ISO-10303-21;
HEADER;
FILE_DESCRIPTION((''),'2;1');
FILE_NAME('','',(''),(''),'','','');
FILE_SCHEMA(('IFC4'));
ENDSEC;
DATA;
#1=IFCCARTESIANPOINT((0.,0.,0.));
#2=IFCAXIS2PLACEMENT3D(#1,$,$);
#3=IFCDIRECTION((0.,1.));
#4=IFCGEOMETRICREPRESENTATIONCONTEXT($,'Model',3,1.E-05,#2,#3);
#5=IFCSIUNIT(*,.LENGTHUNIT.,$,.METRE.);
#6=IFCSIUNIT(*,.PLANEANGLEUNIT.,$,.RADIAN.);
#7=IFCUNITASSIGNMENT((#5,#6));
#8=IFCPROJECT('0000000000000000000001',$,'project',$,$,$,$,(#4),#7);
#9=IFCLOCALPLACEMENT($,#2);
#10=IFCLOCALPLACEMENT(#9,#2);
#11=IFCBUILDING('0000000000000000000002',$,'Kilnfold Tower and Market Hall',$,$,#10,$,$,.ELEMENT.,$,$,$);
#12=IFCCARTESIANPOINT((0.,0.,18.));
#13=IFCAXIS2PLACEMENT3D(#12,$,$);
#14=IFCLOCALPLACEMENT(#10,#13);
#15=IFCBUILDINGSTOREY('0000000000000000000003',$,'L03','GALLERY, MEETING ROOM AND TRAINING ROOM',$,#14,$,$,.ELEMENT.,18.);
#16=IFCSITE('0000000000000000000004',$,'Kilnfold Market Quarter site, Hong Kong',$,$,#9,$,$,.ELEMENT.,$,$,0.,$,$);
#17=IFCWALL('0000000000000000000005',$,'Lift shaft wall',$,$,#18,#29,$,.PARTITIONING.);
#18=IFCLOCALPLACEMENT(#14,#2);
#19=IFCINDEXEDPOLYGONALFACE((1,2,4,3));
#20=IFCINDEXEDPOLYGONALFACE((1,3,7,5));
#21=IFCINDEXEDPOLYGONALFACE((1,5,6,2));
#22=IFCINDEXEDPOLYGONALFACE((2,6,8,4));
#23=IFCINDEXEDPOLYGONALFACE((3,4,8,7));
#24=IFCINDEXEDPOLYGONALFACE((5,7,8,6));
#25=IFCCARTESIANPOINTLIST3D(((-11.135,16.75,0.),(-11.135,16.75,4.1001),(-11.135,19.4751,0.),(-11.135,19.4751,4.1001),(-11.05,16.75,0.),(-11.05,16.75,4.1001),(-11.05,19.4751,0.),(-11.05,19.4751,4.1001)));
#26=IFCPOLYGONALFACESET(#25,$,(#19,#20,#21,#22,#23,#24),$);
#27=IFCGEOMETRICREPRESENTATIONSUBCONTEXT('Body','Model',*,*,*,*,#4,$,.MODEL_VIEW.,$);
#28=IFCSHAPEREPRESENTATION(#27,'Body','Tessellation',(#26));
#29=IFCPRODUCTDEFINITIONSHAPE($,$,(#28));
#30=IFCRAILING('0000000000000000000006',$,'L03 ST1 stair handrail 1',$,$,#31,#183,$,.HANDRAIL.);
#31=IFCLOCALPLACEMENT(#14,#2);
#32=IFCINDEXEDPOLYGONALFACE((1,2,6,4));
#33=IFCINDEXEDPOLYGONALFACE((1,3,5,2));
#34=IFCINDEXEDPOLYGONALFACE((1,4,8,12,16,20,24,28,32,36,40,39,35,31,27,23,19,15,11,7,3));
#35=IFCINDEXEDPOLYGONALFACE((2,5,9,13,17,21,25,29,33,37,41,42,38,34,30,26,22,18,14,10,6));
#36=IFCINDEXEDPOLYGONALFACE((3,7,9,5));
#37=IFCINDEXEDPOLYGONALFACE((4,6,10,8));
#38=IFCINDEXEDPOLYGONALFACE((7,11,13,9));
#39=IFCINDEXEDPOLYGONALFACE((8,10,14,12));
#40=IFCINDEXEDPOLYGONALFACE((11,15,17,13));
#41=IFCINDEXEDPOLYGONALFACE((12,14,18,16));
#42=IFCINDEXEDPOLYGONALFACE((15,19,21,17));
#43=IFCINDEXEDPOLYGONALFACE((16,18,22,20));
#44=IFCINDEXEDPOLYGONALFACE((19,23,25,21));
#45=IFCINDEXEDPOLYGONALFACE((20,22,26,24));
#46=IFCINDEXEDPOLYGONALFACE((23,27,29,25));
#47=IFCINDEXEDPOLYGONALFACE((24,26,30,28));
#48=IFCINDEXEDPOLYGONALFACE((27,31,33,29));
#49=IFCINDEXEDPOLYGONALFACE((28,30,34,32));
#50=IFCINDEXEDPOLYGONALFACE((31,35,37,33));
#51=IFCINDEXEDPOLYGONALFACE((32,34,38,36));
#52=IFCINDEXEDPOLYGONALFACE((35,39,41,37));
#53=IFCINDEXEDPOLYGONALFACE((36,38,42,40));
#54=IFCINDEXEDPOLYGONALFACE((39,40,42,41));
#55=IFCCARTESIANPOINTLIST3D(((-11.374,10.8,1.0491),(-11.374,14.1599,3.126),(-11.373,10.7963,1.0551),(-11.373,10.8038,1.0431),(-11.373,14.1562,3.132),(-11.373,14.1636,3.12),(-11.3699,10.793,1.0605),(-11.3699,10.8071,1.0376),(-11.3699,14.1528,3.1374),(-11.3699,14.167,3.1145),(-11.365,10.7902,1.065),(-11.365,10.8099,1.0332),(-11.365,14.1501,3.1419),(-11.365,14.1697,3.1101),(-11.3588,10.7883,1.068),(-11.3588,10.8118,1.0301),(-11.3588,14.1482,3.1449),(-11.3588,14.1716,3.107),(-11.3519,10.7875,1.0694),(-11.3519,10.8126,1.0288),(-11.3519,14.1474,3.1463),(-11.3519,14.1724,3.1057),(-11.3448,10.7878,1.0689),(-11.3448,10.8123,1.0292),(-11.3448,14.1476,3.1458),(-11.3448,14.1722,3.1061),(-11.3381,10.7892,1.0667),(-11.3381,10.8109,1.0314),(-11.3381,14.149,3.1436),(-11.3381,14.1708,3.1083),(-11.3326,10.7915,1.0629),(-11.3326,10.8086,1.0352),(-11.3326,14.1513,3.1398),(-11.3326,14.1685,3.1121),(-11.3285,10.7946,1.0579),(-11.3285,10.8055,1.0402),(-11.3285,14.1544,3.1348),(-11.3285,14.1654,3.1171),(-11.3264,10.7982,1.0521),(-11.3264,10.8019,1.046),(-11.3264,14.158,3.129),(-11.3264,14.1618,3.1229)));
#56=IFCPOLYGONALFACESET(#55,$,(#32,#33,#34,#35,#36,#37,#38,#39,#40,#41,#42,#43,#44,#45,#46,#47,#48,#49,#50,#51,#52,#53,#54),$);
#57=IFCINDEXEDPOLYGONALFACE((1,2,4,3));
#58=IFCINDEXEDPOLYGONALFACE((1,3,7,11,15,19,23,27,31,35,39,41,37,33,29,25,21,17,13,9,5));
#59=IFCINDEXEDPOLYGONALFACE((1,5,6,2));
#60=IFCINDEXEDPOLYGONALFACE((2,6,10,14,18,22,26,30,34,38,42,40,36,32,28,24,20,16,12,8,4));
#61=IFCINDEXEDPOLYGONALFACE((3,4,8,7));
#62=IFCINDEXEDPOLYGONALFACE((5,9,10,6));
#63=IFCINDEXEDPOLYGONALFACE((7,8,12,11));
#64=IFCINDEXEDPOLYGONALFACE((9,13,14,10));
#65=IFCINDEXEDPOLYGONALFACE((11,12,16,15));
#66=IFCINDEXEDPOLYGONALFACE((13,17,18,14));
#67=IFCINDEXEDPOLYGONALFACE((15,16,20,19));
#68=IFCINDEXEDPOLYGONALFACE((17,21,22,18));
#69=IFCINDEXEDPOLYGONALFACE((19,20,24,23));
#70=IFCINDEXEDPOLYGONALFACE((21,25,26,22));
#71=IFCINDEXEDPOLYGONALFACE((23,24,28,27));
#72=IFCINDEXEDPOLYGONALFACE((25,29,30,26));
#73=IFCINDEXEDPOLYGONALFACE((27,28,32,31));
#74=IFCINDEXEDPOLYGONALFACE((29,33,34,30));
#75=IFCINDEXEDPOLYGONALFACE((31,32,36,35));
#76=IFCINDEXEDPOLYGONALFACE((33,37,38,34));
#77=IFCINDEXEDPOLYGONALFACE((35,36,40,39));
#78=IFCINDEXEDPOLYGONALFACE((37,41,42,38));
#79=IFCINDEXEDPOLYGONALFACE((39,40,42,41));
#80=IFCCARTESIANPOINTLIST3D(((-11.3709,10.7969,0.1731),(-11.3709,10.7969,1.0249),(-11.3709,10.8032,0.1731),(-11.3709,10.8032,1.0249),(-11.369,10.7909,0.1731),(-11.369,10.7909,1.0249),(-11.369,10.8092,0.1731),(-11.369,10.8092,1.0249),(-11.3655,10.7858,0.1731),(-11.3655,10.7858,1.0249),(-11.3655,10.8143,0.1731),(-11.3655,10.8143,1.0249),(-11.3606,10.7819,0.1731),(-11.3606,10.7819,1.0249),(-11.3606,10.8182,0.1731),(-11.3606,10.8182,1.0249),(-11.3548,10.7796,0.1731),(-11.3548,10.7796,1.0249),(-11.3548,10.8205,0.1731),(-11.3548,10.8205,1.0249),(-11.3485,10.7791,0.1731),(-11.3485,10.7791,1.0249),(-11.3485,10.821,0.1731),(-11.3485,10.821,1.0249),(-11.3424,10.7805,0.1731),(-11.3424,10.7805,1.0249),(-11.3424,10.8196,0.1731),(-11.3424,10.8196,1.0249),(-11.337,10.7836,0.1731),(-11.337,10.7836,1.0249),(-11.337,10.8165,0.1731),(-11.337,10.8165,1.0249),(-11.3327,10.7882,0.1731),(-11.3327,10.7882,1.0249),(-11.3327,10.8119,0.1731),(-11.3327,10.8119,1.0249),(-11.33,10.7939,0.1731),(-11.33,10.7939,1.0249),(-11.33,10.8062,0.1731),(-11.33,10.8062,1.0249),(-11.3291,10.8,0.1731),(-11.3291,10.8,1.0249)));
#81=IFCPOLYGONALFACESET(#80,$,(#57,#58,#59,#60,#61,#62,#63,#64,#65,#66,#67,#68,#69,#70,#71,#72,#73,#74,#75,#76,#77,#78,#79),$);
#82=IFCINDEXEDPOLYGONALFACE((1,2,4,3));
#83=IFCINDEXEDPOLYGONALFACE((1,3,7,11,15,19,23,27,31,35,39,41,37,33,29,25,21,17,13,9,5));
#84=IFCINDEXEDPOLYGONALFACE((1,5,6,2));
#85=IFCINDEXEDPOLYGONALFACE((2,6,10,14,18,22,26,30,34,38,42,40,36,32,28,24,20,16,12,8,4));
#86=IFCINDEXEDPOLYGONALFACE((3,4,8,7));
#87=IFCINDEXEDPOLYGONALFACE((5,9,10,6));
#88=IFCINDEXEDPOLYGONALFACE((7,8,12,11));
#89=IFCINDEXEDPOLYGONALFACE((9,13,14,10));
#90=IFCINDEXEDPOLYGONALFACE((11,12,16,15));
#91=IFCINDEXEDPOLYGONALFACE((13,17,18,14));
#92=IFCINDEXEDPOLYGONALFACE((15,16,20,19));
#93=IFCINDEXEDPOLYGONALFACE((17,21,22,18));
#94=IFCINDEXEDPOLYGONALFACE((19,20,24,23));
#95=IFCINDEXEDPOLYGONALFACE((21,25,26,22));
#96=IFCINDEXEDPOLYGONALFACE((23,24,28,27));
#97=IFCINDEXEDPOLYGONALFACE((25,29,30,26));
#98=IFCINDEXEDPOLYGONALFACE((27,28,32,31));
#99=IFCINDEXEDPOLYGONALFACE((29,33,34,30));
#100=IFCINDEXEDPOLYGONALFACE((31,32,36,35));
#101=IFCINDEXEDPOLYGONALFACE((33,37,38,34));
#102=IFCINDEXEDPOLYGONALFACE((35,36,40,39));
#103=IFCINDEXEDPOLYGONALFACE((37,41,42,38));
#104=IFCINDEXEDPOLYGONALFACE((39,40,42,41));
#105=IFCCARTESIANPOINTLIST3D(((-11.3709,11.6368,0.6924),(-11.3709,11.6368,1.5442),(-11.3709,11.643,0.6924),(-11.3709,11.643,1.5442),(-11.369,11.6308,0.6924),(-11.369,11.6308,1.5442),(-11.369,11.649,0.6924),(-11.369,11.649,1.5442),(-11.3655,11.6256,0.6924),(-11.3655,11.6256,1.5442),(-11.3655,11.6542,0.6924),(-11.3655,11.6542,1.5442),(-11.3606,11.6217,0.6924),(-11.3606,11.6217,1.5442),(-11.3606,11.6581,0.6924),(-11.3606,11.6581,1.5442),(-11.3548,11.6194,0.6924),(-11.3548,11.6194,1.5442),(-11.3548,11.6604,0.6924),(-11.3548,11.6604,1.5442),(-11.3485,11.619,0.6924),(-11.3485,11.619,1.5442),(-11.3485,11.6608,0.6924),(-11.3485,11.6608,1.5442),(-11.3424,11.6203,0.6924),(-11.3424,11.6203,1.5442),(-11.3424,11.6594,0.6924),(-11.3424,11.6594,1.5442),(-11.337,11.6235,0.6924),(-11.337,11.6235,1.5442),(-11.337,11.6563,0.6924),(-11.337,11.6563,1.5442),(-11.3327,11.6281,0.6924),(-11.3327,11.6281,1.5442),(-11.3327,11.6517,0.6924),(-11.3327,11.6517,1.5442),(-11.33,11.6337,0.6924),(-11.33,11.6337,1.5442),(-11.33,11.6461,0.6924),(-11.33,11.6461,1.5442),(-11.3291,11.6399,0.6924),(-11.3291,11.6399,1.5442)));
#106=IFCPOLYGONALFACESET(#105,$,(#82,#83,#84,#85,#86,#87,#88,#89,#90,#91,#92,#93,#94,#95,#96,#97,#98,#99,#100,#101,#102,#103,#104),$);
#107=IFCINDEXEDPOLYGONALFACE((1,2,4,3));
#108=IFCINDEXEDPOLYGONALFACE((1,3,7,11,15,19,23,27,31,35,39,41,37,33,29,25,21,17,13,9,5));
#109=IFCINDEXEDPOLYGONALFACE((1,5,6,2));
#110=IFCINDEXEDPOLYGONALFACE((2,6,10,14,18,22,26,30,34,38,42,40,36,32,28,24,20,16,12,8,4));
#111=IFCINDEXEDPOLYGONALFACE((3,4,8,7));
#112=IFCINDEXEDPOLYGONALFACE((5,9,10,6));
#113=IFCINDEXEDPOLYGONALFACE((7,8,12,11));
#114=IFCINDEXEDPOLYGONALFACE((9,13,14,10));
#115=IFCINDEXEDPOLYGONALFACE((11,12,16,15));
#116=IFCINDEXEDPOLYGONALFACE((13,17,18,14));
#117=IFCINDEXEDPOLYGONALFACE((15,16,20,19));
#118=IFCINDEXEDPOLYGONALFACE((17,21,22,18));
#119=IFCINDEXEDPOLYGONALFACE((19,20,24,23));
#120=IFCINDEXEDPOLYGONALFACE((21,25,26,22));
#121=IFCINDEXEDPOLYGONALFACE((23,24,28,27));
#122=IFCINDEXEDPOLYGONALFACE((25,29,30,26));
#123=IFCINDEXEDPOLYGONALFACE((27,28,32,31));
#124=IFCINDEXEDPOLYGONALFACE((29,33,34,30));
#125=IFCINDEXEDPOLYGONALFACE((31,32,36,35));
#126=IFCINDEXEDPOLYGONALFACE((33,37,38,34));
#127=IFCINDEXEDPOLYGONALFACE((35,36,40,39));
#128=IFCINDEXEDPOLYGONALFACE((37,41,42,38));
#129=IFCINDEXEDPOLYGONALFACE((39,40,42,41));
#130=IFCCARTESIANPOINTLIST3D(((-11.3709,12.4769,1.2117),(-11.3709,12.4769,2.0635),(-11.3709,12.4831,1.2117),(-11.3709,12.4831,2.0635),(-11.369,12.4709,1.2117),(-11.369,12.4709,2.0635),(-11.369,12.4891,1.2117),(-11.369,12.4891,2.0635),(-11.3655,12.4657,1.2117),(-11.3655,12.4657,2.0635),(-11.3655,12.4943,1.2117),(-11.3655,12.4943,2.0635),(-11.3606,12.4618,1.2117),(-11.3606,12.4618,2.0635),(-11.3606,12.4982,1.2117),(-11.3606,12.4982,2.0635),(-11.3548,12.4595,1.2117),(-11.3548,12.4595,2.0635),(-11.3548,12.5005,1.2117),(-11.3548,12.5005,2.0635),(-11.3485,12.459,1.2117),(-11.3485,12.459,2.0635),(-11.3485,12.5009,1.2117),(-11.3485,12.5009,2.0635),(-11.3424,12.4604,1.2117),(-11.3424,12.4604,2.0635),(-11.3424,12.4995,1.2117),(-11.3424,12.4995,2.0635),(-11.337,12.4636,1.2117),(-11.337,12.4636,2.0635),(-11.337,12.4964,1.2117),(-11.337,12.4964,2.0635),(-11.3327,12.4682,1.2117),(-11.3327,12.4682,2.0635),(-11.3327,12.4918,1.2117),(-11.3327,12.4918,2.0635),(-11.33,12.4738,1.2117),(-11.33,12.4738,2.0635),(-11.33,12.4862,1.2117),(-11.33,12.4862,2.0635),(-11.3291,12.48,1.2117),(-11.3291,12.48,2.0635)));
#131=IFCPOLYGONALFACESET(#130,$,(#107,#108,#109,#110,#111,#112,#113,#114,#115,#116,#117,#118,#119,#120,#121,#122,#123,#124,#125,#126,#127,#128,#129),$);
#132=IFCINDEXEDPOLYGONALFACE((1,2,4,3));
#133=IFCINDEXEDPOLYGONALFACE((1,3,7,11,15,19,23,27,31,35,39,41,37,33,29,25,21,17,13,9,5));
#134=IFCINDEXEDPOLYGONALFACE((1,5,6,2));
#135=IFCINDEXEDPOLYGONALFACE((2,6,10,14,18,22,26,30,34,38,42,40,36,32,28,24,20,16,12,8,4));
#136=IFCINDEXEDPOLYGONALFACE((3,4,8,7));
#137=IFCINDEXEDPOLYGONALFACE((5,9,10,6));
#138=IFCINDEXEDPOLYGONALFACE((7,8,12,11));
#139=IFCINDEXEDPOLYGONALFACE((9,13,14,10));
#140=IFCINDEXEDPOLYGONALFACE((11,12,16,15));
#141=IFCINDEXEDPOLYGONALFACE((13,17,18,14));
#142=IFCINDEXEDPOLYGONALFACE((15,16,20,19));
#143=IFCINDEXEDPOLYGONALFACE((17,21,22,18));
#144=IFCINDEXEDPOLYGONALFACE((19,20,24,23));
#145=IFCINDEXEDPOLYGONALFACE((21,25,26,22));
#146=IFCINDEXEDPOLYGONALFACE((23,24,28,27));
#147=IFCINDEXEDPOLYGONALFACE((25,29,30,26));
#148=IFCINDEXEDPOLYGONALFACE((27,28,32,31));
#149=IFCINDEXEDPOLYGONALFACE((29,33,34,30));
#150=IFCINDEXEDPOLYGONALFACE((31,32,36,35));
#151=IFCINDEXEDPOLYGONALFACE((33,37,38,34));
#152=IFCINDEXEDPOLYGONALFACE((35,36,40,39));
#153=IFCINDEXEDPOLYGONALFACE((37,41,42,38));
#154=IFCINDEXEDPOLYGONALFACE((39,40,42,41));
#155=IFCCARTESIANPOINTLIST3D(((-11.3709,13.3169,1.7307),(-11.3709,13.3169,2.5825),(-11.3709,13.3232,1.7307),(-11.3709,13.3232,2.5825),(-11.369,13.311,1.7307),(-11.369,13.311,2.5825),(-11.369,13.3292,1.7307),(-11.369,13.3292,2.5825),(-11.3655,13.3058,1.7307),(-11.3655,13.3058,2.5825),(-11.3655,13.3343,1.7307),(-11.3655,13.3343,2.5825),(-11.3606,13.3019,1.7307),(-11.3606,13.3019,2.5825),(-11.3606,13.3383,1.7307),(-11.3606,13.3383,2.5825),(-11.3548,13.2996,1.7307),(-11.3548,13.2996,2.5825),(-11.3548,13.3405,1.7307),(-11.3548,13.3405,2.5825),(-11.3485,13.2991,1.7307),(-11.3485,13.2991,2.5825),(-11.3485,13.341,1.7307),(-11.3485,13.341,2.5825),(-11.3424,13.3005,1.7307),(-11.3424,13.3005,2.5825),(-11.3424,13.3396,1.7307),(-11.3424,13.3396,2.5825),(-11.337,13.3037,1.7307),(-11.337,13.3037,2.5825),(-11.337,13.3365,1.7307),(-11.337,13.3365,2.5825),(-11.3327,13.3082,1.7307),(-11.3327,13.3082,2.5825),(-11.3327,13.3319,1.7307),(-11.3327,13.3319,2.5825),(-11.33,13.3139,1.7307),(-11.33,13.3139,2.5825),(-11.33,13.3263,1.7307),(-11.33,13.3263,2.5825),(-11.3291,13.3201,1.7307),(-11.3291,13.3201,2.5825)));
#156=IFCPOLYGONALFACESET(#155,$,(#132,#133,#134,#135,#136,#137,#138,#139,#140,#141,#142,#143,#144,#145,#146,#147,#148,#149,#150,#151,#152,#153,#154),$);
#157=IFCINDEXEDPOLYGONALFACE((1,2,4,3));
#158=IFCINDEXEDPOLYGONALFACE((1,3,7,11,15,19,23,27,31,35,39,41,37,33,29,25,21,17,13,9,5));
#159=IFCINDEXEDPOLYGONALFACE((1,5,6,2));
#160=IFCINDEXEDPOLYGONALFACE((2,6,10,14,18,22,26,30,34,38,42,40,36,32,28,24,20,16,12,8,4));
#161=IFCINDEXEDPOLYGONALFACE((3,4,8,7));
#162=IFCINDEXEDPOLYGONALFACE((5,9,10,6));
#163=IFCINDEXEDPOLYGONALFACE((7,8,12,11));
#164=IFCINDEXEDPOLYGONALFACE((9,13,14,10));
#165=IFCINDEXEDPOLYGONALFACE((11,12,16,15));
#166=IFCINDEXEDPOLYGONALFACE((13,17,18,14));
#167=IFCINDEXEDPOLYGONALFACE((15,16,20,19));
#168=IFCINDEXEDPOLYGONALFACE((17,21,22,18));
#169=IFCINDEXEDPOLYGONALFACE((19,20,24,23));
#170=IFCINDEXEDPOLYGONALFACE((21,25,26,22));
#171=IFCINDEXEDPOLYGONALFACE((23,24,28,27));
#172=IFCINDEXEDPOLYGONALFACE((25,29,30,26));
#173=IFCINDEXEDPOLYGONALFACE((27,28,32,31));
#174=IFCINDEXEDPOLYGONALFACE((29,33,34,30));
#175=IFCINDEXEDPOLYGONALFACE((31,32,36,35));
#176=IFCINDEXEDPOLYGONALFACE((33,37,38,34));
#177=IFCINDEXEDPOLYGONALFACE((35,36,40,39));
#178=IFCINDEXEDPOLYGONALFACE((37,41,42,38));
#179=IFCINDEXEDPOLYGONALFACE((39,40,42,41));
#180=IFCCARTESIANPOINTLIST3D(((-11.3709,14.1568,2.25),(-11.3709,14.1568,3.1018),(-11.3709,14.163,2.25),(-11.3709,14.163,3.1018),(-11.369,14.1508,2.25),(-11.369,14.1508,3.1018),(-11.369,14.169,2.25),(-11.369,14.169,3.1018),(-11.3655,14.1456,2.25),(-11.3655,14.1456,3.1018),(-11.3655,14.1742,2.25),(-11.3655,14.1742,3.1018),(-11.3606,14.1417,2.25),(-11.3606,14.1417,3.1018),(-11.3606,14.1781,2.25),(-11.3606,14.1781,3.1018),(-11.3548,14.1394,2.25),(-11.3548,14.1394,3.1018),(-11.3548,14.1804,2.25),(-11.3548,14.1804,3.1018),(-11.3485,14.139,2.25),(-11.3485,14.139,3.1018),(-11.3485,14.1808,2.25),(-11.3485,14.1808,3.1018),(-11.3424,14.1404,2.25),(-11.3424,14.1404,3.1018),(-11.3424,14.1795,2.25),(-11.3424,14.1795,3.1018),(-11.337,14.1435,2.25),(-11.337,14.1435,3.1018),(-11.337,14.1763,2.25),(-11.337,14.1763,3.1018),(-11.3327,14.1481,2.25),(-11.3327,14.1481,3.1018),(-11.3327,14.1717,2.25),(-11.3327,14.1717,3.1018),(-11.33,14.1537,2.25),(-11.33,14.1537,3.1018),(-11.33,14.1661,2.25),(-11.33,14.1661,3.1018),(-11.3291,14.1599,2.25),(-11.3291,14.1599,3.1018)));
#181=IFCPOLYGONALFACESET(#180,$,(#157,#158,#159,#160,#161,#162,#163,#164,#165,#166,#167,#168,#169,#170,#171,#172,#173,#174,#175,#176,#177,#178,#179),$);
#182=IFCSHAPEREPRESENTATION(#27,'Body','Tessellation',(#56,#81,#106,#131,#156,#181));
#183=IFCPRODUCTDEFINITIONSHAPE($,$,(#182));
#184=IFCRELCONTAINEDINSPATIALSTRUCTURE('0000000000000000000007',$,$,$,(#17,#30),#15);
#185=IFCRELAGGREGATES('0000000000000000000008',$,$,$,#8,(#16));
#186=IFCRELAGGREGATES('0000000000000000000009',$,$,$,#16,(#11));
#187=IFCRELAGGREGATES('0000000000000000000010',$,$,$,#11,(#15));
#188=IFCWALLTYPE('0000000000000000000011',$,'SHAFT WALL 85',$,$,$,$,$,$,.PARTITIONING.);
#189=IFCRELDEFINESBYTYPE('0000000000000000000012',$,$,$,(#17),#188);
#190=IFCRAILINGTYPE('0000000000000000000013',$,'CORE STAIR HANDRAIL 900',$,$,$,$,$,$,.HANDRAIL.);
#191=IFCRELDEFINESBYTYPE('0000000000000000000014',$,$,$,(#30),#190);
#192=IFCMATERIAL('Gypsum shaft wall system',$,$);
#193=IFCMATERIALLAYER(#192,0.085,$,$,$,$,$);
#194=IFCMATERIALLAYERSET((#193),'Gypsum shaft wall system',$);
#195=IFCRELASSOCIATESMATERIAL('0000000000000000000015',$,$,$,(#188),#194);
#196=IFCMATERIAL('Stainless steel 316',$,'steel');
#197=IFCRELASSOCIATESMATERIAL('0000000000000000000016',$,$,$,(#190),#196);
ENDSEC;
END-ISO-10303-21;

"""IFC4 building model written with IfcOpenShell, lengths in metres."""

from ifc_helpers import new_model, si_unit, direction, frame, frame_2d, origin, origin_2d, place, context, subcontext, project, spatial, rectangle, circle, extrude, source, transform, mapped, material, layer, layer_set, type_object, element, save


model = new_model("IFC4")

# Units and contexts
model_context = context("Model", 3, precision=1e-05, world=origin(), true_north=direction((0.0, 1.0)))
body_context = subcontext(model_context, "Body", "Model", "MODEL_VIEW")
ifc_project = project(units=[si_unit("LENGTHUNIT", "METRE"), si_unit("PLANEANGLEUNIT", "RADIAN")], contexts=[model_context])

# Site, building, storey
site_placement = place(None, origin())
site = spatial("IfcSite", under=ifc_project, at=site_placement, Name="Kilnfold Market Quarter site, Hong Kong", CompositionType="ELEMENT", RefElevation=0.0)
building_placement = place(site_placement, origin())
building = spatial("IfcBuilding", under=site, at=building_placement, Name="Kilnfold Tower and Market Hall", CompositionType="ELEMENT")
storey_placement = place(building_placement, frame((0.0, 0.0, 18.0)))
storey = spatial("IfcBuildingStorey", under=building, at=storey_placement, Name="L03", Description="GALLERY, MEETING ROOM AND TRAINING ROOM", CompositionType="ELEMENT", Elevation=18.0)

# Wall
ifc_material_1 = material(Name="Gypsum shaft wall system")
ifc_layer_1 = layer(ifc_material_1, 0.085)
ifc_layer_set_1 = layer_set([ifc_layer_1], Name="Gypsum shaft wall system")
wall_type_1 = type_object("IfcWallType", Name="SHAFT WALL 85", PredefinedType="PARTITIONING", material=ifc_layer_set_1)
shared_shape_1 = source(origin(), body_context, "Body", "SweptSolid", [
    extrude(rectangle(XDim=2.7251, YDim=0.085, at=frame_2d((1.3625, 0.0))), origin(), (0.0, 0.0, 1.0), 4.1001),
])
wall_1_placement = place(storey_placement, frame((-11.0925, 16.75, 0.0), z_axis=(0.0, 0.0, 1.0), x_axis=(0.0, 1.0, 0.0)))
element("IfcWall", 1, at=wall_1_placement, inside=storey, type_object=wall_type_1, Name="Lift shaft wall", PredefinedType="PARTITIONING", context=body_context, shape_type="MappedRepresentation", body=[
    mapped(shared_shape_1, transform((0.0, 0.0, 0.0))),
])

# Railing
ifc_material_2 = material(Name="Stainless steel 316", Category="steel")
railing_type = type_object("IfcRailingType", Name="CORE STAIR HANDRAIL 900", PredefinedType="HANDRAIL", material=ifc_material_2)
railing_1_placement = place(storey_placement, frame((-11.3501, 10.8, 0.1731)))
element("IfcRailing", 2, at=railing_1_placement, inside=storey, type_object=railing_type, Name="L03 ST1 stair handrail 1", PredefinedType="HANDRAIL", context=body_context, shape_type="SweptSolid", body=[
    extrude(circle(Radius=0.0239, at=origin_2d()), frame((0.0, 0.0, 0.876), z_axis=(0.0, 0.850606, 0.525803), x_axis=(-1.0, 0.0, 0.0)), (0.0, 0.0, 1.0), 3.95),
    extrude(circle(Radius=0.021, at=origin_2d()), origin(), (0.0, 0.0, 1.0), 0.8518),
    extrude(circle(Radius=0.021, at=origin_2d()), frame((0.0, 0.8398, 0.5193)), (0.0, 0.0, 1.0), 0.8518),
    extrude(circle(Radius=0.021, at=origin_2d()), frame((0.0, 1.6799, 1.0386)), (0.0, 0.0, 1.0), 0.8518),
    extrude(circle(Radius=0.021, at=origin_2d()), frame((0.0, 2.52, 1.5576)), (0.0, 0.0, 1.0), 0.8518),
    extrude(circle(Radius=0.021, at=origin_2d()), frame((0.0, 3.3599, 2.0769)), (0.0, 0.0, 1.0), 0.8518),
])

save(model, "model.ifc")
